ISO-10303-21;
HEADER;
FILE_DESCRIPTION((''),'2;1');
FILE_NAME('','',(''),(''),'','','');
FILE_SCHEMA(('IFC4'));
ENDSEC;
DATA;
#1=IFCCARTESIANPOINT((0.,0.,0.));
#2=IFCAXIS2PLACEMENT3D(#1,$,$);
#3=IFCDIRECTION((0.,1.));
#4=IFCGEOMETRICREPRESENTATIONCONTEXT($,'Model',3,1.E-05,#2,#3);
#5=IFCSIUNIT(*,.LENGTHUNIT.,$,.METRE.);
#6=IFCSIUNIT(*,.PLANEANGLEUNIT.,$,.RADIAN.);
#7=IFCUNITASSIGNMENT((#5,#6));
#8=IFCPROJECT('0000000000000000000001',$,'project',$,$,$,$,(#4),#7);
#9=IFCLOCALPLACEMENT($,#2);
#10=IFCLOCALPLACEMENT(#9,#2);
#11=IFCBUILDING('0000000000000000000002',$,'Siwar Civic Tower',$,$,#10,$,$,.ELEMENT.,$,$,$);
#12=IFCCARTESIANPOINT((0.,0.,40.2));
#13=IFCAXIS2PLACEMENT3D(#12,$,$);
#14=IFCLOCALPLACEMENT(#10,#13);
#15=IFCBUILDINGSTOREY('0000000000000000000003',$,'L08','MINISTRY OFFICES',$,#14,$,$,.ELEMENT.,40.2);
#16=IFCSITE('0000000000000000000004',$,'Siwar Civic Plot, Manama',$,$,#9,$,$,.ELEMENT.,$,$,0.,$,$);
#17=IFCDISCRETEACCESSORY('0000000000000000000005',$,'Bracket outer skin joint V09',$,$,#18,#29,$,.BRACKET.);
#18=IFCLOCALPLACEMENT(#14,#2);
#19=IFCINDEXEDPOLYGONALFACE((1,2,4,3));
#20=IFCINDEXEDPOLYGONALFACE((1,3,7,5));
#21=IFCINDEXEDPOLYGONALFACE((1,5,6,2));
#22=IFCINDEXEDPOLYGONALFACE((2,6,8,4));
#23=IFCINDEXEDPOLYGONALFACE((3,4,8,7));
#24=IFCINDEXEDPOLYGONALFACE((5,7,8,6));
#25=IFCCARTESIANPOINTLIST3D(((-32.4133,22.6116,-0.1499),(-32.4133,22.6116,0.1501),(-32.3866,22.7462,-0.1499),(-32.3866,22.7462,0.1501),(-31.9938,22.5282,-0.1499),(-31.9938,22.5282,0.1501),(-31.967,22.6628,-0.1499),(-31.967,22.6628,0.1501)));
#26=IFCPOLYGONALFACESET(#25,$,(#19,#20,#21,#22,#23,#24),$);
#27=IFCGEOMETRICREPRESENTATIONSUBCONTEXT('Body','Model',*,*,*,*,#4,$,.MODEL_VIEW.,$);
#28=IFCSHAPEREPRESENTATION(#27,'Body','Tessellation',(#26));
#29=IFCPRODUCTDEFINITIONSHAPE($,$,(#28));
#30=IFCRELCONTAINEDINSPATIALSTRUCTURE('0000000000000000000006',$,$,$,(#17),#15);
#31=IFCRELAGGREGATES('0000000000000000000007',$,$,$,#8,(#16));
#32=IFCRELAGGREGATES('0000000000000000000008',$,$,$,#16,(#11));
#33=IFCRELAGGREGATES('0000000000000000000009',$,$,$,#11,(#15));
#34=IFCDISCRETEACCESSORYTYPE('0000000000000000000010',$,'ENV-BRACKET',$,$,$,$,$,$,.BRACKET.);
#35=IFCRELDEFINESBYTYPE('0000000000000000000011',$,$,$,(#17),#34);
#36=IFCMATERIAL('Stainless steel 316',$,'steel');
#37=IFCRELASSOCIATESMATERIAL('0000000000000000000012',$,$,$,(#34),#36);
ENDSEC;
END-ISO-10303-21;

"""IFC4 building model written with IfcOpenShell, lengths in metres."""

from ifc_helpers import new_model, si_unit, direction, frame, origin, origin_2d, place, context, subcontext, project, spatial, rectangle, extrude, material, type_object, element, save


model = new_model("IFC4")

# Units and contexts
model_context = context("Model", 3, precision=1e-05, world=origin(), true_north=direction((0.0, 1.0)))
body_context = subcontext(model_context, "Body", "Model", "MODEL_VIEW")
ifc_project = project(units=[si_unit("LENGTHUNIT", "METRE"), si_unit("PLANEANGLEUNIT", "RADIAN")], contexts=[model_context])

# Site, building, storey
site_placement = place(None, origin())
site = spatial("IfcSite", under=ifc_project, at=site_placement, Name="Siwar Civic Plot, Manama", CompositionType="ELEMENT", RefElevation=0.0)
building_placement = place(site_placement, origin())
building = spatial("IfcBuilding", under=site, at=building_placement, Name="Siwar Civic Tower", CompositionType="ELEMENT")
storey_placement = place(building_placement, frame((0.0, 0.0, 40.2)))
storey = spatial("IfcBuildingStorey", under=building, at=storey_placement, Name="L08", Description="MINISTRY OFFICES", CompositionType="ELEMENT", Elevation=40.2)

# Discrete accessory
ifc_material_1 = material(Name="Stainless steel 316", Category="steel")
discrete_accessory_type = type_object("IfcDiscreteAccessoryType", Name="ENV-BRACKET", PredefinedType="BRACKET", material=ifc_material_1)
discrete_accessory_1_placement = place(storey_placement, frame((-32.1902, 22.6372, -0.1499), z_axis=(0.0, 0.0, 1.0), x_axis=(-0.980785, 0.19509, 0.0)))
element("IfcDiscreteAccessory", 1, at=discrete_accessory_1_placement, inside=storey, type_object=discrete_accessory_type, Name="Bracket outer skin joint V09", PredefinedType="BRACKET", context=body_context, shape_type="SweptSolid", body=[
    extrude(rectangle(XDim=0.4277, YDim=0.1372, at=origin_2d()), origin(), (0.0, 0.0, 1.0), 0.3),
])

save(model, "model.ifc")
